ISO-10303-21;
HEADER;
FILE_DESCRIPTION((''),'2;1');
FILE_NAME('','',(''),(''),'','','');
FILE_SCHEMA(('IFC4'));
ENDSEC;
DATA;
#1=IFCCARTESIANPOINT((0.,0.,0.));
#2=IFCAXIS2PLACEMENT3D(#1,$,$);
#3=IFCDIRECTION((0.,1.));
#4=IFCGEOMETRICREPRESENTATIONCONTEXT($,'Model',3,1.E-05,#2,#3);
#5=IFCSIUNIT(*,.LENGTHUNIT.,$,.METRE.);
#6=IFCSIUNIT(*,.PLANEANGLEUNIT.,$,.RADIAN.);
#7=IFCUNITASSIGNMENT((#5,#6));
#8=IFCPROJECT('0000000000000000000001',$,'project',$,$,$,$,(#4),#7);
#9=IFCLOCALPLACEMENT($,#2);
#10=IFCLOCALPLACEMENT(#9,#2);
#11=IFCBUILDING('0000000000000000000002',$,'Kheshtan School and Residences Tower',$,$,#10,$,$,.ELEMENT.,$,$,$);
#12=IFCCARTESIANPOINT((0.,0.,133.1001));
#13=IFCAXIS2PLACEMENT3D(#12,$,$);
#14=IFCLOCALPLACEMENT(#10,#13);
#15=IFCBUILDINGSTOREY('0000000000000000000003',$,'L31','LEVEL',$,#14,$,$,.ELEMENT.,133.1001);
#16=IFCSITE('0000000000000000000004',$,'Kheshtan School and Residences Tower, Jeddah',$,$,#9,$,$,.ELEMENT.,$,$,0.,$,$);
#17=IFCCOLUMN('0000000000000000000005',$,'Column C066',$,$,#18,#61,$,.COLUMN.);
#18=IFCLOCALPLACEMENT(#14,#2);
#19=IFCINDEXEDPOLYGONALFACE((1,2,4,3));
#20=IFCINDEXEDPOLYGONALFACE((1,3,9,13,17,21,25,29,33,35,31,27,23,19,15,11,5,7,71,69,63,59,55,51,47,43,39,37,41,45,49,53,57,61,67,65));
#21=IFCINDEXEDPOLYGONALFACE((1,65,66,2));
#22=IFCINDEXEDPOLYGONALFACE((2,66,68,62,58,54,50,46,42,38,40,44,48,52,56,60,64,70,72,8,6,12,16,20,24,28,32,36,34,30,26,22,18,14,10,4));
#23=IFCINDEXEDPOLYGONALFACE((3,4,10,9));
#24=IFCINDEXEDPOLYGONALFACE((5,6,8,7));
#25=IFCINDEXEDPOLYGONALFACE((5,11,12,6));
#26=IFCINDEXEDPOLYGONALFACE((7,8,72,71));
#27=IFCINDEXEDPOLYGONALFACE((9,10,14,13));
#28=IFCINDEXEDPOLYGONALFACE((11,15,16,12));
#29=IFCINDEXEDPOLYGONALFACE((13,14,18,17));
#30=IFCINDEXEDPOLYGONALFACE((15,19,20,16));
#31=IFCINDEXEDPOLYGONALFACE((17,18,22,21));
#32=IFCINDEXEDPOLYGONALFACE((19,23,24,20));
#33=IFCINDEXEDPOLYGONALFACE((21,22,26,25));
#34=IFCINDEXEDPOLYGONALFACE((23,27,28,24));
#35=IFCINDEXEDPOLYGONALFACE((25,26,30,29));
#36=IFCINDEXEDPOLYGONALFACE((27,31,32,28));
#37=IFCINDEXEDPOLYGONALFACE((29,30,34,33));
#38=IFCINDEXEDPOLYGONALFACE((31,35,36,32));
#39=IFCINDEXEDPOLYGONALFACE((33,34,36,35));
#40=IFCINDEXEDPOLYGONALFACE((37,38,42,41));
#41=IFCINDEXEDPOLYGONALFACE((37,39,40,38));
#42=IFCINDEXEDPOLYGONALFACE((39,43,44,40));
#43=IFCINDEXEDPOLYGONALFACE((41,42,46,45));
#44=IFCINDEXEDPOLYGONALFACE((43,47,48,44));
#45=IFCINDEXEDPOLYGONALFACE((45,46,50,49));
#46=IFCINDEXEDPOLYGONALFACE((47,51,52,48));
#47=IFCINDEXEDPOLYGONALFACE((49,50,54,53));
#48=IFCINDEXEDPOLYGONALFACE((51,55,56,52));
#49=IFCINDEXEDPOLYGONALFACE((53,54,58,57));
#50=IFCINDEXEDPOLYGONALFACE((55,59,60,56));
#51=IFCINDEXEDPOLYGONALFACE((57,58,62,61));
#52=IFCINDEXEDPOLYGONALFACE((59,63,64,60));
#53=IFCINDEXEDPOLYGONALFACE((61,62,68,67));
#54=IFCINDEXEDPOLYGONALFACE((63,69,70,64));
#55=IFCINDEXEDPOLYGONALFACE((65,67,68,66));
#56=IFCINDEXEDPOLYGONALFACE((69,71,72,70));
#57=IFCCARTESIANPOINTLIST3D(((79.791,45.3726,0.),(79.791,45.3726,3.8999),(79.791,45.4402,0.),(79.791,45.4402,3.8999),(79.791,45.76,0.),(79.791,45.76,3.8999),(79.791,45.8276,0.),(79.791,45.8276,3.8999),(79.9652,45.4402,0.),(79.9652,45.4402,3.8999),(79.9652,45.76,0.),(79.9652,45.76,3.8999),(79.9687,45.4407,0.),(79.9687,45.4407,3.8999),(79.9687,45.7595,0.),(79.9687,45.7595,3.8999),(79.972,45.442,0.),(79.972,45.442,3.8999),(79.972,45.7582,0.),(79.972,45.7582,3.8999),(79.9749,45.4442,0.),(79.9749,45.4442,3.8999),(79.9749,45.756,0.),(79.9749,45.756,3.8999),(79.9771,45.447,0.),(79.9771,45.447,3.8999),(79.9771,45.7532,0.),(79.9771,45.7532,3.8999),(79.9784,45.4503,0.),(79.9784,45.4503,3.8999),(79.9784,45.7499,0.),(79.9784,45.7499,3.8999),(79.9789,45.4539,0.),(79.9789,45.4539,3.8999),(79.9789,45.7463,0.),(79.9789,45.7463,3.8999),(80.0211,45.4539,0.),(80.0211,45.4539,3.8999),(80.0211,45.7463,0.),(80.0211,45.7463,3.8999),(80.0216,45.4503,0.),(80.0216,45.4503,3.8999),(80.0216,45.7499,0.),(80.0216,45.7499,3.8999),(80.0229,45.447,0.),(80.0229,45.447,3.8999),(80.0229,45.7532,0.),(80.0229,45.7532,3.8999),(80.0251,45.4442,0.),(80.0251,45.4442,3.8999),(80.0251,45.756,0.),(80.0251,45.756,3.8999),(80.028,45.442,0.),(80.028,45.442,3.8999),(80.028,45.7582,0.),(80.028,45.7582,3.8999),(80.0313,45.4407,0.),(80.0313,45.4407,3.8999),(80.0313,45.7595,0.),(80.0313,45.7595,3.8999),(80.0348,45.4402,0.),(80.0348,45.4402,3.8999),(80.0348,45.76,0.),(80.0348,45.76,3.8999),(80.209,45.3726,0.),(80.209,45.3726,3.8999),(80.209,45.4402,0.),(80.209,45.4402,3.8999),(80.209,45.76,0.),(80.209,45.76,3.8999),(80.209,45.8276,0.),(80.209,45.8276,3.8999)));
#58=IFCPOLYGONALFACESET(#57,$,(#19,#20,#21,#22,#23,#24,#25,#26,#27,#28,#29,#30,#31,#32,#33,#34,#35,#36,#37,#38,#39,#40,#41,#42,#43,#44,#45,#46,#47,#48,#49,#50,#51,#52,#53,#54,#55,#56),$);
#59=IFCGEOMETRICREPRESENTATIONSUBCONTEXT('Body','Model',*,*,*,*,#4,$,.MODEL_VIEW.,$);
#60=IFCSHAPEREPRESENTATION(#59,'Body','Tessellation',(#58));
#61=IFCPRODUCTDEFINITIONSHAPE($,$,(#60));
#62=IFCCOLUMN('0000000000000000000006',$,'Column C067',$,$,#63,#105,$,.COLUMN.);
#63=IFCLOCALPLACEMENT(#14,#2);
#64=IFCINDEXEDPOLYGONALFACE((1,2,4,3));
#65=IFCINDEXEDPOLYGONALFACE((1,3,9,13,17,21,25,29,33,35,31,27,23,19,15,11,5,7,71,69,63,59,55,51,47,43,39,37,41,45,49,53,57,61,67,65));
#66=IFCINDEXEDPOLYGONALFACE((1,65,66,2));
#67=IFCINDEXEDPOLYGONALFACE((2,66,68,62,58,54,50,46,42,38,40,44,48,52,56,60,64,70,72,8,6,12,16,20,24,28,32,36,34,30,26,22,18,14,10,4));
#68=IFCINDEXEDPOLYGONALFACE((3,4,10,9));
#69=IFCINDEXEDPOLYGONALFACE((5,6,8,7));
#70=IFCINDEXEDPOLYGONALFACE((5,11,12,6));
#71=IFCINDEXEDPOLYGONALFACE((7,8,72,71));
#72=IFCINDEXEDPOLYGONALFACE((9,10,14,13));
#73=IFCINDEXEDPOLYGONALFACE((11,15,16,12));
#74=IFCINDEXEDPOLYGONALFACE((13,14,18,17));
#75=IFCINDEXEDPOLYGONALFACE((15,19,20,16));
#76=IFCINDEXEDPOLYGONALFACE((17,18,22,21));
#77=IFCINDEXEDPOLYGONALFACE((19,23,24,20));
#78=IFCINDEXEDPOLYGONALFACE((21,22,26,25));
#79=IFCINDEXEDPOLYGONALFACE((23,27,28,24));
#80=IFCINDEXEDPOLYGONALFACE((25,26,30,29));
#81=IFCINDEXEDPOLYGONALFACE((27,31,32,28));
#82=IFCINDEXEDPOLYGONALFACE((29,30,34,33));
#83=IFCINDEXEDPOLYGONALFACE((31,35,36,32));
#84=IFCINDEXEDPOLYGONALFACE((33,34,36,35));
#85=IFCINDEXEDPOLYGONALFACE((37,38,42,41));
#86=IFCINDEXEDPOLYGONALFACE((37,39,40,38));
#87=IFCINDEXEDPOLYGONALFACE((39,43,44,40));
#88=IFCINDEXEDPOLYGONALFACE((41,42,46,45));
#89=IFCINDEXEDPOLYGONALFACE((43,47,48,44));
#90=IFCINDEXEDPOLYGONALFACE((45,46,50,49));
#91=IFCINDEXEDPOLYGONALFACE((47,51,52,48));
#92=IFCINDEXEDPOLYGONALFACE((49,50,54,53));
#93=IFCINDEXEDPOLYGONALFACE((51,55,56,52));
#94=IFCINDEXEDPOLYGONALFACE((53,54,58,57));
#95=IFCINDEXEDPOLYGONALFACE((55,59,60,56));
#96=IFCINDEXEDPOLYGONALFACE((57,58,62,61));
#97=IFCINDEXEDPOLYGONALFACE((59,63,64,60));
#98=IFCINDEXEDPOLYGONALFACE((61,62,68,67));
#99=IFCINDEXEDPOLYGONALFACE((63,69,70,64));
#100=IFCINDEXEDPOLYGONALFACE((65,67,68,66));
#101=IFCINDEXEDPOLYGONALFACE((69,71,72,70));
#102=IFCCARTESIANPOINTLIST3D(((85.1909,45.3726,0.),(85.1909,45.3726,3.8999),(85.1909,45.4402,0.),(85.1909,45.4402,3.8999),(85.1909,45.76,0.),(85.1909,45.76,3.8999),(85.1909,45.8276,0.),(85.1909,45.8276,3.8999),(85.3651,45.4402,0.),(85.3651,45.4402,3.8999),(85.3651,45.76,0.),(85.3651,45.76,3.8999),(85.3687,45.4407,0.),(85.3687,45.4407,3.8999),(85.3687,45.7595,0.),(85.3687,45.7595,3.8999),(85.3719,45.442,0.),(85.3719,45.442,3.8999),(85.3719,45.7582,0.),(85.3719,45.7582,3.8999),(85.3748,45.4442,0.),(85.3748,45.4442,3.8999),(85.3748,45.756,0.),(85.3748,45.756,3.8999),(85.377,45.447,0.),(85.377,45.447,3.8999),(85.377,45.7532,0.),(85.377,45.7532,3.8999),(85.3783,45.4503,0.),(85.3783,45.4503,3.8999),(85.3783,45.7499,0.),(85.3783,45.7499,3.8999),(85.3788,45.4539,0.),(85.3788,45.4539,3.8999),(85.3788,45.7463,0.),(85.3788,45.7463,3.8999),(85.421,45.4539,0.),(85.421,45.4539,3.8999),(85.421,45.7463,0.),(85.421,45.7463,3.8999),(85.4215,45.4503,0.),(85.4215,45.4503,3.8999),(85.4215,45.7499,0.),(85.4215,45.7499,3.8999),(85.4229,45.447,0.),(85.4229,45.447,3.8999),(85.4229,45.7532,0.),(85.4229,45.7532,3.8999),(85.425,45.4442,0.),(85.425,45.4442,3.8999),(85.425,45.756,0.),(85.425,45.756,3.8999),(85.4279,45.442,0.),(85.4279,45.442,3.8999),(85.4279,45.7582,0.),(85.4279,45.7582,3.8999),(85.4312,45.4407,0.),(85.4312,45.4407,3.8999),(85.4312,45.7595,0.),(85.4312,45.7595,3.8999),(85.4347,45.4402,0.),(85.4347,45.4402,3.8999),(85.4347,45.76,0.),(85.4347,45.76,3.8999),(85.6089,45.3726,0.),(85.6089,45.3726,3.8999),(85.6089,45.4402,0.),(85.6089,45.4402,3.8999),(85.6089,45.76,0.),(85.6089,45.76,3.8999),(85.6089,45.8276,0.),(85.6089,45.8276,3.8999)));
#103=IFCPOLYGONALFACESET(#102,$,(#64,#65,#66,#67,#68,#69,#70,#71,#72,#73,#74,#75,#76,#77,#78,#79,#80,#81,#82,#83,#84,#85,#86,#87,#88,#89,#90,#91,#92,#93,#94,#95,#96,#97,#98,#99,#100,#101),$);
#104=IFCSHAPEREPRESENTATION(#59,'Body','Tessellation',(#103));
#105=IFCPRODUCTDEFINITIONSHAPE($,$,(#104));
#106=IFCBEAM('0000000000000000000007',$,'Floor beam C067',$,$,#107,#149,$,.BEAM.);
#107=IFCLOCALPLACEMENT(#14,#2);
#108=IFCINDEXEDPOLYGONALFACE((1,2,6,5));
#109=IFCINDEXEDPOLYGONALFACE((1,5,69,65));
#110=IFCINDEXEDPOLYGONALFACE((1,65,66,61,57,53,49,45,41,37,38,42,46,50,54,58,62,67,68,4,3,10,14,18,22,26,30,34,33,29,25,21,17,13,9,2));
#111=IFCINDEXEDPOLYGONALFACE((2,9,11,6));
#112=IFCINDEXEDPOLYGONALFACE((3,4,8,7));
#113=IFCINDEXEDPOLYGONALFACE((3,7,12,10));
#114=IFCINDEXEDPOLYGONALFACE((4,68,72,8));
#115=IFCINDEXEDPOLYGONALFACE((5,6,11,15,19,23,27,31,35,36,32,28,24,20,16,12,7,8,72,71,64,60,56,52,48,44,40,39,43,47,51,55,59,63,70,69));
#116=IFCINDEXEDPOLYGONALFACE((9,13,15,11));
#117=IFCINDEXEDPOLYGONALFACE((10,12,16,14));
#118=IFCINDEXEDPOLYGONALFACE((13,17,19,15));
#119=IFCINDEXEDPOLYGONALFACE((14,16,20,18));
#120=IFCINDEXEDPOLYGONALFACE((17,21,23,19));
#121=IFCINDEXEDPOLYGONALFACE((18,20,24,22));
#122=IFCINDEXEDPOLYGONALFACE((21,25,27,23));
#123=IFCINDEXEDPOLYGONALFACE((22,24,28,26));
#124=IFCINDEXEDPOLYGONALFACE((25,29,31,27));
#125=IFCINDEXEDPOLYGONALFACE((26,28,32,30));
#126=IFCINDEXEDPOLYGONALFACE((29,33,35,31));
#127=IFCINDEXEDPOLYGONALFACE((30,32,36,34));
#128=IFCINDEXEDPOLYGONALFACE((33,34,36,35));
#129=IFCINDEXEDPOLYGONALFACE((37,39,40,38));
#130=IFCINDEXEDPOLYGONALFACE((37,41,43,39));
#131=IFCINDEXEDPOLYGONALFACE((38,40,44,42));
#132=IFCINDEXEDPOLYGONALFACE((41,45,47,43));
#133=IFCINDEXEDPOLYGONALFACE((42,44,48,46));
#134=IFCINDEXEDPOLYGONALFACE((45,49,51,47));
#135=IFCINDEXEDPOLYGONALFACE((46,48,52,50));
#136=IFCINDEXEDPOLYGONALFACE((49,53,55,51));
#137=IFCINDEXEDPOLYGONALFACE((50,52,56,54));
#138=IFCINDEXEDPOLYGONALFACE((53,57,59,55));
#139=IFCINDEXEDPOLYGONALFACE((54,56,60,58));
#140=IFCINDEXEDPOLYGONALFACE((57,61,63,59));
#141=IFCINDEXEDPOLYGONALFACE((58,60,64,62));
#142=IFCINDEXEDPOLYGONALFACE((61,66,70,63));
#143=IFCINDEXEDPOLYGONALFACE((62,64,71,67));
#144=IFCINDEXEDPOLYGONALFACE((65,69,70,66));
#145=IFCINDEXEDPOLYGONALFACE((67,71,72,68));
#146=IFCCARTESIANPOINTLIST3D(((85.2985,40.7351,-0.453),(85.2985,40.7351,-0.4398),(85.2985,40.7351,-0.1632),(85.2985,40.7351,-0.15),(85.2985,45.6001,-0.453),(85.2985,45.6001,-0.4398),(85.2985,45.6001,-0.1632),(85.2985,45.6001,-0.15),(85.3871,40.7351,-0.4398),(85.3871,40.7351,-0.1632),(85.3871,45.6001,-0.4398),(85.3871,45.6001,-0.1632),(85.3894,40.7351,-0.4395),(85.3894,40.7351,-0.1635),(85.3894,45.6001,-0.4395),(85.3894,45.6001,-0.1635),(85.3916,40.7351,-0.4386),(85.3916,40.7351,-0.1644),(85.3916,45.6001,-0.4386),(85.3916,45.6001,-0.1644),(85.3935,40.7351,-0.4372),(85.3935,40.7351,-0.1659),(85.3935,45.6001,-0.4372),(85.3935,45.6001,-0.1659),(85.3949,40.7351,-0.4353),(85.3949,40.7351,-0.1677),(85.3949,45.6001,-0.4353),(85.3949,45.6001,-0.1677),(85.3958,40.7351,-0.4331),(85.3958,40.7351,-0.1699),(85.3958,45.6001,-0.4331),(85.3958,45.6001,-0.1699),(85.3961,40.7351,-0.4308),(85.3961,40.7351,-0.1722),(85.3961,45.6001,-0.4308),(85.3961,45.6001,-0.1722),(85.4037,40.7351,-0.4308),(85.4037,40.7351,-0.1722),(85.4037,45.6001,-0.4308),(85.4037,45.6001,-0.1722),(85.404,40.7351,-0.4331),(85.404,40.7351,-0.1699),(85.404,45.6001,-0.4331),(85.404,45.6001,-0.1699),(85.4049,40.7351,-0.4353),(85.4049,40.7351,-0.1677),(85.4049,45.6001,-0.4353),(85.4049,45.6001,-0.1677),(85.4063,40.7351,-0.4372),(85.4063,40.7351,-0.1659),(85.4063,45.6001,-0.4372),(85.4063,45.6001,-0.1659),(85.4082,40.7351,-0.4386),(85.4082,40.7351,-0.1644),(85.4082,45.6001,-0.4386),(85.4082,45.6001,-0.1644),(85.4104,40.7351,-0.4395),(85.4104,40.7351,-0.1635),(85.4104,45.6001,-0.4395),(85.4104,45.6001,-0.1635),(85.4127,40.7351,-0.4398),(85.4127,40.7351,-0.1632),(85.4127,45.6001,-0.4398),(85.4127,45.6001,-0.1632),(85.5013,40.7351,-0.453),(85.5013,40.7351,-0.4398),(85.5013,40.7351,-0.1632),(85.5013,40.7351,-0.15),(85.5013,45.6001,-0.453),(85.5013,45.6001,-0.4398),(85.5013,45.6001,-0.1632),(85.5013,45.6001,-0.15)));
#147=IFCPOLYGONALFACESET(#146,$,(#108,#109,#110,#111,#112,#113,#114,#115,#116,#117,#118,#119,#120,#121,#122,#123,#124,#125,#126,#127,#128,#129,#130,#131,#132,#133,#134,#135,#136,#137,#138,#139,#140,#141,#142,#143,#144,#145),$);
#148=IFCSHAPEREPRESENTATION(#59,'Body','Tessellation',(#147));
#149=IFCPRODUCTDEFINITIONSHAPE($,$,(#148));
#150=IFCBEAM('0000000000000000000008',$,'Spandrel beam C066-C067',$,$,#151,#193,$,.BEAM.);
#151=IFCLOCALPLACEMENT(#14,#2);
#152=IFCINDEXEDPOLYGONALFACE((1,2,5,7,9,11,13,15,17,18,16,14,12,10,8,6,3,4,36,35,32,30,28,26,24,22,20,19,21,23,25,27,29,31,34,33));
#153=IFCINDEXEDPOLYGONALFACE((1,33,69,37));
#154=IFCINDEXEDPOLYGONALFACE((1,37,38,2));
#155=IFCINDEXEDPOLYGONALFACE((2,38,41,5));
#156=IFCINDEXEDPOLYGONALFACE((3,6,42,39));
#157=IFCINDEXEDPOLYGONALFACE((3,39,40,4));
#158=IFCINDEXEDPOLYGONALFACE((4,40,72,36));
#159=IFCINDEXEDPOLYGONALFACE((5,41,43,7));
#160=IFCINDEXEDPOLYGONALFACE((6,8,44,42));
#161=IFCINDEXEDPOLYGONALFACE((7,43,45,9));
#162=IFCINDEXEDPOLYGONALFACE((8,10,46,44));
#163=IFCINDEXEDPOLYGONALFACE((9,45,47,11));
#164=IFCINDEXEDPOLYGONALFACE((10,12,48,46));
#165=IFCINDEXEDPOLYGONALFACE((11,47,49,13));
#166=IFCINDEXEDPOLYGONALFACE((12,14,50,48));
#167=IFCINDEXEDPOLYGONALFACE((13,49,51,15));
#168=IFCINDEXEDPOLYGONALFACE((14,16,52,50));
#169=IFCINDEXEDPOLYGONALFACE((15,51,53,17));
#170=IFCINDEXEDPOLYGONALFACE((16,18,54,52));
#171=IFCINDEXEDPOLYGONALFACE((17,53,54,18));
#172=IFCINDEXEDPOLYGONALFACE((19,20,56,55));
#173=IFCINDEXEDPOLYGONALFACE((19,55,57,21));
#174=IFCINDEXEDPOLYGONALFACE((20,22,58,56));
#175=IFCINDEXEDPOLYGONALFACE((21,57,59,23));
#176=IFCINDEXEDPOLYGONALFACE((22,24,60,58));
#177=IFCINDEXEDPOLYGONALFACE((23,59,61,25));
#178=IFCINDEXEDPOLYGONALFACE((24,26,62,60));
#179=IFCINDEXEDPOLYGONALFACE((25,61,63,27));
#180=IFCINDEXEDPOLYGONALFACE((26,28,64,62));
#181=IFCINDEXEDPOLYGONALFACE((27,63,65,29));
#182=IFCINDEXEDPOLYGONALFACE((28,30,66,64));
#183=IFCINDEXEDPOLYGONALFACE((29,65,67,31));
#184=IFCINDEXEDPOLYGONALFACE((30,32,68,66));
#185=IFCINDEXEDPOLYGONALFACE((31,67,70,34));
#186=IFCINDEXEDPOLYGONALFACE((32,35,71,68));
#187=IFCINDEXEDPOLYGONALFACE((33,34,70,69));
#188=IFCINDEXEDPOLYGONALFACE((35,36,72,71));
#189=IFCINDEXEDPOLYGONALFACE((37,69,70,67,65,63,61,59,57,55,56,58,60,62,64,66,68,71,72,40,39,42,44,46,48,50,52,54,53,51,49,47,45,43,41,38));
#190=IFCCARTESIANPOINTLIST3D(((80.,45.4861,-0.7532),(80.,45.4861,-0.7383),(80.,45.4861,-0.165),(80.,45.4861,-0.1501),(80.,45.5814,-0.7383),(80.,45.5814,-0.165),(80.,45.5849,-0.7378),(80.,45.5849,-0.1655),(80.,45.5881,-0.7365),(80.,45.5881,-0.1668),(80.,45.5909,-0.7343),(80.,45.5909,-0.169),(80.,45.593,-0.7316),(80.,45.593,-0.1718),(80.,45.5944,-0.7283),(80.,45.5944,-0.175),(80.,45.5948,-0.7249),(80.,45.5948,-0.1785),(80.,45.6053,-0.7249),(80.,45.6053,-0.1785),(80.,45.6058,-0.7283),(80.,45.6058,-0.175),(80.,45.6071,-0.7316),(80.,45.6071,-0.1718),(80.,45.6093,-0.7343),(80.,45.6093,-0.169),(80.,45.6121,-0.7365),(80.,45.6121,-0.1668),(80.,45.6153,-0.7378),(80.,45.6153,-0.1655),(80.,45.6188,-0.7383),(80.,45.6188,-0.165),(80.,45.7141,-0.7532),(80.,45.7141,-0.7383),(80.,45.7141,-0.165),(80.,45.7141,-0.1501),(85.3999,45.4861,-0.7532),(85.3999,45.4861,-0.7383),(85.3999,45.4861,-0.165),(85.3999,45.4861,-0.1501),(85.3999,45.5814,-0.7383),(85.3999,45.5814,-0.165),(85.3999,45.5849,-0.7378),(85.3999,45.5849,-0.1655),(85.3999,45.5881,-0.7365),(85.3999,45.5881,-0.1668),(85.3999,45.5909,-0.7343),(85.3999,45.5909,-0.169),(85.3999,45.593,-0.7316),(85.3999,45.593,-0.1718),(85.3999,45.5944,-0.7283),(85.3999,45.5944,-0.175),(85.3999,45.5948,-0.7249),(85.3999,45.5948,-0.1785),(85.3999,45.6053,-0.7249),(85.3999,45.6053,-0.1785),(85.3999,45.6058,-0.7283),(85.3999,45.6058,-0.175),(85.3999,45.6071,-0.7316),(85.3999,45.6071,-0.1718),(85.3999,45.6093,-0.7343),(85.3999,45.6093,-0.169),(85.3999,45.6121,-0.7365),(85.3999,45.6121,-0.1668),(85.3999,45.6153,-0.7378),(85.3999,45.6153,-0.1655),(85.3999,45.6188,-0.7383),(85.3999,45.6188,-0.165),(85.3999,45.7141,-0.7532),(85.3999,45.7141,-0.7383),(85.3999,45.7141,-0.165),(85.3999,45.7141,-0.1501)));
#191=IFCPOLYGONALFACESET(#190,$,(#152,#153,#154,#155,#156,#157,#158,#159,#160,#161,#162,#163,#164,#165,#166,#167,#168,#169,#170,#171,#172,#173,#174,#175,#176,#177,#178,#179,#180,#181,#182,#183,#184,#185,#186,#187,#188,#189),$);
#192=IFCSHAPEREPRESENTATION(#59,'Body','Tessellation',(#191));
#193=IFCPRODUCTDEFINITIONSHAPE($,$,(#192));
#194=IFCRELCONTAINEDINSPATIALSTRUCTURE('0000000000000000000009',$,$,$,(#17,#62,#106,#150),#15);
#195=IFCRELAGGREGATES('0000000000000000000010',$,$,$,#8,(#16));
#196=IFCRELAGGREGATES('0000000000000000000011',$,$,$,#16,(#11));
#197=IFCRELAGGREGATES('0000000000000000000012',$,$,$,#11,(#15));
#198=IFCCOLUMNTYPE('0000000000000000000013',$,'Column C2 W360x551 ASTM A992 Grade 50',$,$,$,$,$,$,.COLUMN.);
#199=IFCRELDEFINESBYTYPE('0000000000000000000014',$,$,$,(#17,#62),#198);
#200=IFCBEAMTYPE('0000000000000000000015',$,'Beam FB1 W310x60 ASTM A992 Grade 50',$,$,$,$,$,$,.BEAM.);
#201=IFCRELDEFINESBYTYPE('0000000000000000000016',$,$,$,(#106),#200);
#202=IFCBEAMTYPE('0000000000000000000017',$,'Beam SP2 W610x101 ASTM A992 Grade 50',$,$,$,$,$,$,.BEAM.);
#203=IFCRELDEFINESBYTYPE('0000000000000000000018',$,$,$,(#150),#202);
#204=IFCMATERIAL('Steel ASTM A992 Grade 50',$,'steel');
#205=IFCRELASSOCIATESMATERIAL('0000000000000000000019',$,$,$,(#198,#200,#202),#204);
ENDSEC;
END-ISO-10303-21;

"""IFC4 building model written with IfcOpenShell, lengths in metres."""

from ifc_helpers import new_model, si_unit, direction, frame, origin, origin_2d, place, context, subcontext, project, spatial, i_section, extrude, material, material_profile, profile_set, type_object, element, save


model = new_model("IFC4")

# Units and contexts
model_context = context("Model", 3, precision=1e-05, world=origin(), true_north=direction((0.0, 1.0)))
body_context = subcontext(model_context, "Body", "Model", "MODEL_VIEW")
ifc_project = project(units=[si_unit("LENGTHUNIT", "METRE"), si_unit("PLANEANGLEUNIT", "RADIAN")], contexts=[model_context])

# Site, building, storey
site_placement = place(None, origin())
site = spatial("IfcSite", under=ifc_project, at=site_placement, Name="Kheshtan School and Residences Tower, Jeddah", CompositionType="ELEMENT", RefElevation=0.0)
building_placement = place(site_placement, origin())
building = spatial("IfcBuilding", under=site, at=building_placement, Name="Kheshtan School and Residences Tower", CompositionType="ELEMENT")
storey_placement = place(building_placement, frame((0.0, 0.0, 133.1001)))
storey = spatial("IfcBuildingStorey", under=building, at=storey_placement, Name="L31", Description="LEVEL", CompositionType="ELEMENT", Elevation=133.1001)

# Columns
ifc_material_1 = material(Name="Steel ASTM A992 Grade 50", Category="steel")
ifc_material_profile_1 = material_profile(ifc_material_1, i_section(OverallWidth=0.418, OverallDepth=0.4551, WebThickness=0.0422, FlangeThickness=0.0676, FilletRadius=0.0137, at=origin_2d()), Name="W360x551")
ifc_profile_set_1 = profile_set([ifc_material_profile_1], Name="Steel ASTM A992 Grade 50")
column_type = type_object("IfcColumnType", Name="Column C2 W360x551 ASTM A992 Grade 50", PredefinedType="COLUMN", material=ifc_profile_set_1)
for number, where, z_axis, x_axis, name in (
    (1, (80.0, 45.6001, 0.0), (0.0, 0.0, 1.0), (1.0, 0.0, 0.0), "Column C066"),
    (2, (85.3999, 45.6001, 0.0), (0.0, 0.0, 1.0), (1.0, 0.0, 0.0), "Column C067"),
):
    element("IfcColumn", number, at=place(storey_placement, frame(where, z_axis=z_axis, x_axis=x_axis)), inside=storey, type_object=column_type, Name=name, PredefinedType="COLUMN", context=body_context, shape_type="SweptSolid", body=[
        extrude(i_section(OverallWidth=0.418, OverallDepth=0.4551, WebThickness=0.0422, FlangeThickness=0.0676, FilletRadius=0.0137, at=origin_2d()), origin(), (0.0, 0.0, 1.0), 3.8999),
    ])

# Beams
ifc_material_profile_2 = material_profile(ifc_material_1, i_section(OverallWidth=0.2029, OverallDepth=0.303, WebThickness=0.0076, FlangeThickness=0.0132, FilletRadius=0.009, at=origin_2d()), Name="W310x60")
ifc_profile_set_2 = profile_set([ifc_material_profile_2], Name="Steel ASTM A992 Grade 50")
beam_type_1 = type_object("IfcBeamType", Name="Beam FB1 W310x60 ASTM A992 Grade 50", PredefinedType="BEAM", material=ifc_profile_set_2)
beam_1_placement = place(storey_placement, frame((85.3999, 45.6001, -0.3015), z_axis=(0.0, -1.0, 0.0), x_axis=(1.0, 0.0, 0.0)))
element("IfcBeam", 3, at=beam_1_placement, inside=storey, type_object=beam_type_1, Name="Floor beam C067", PredefinedType="BEAM", context=body_context, shape_type="SweptSolid", body=[
    extrude(i_section(OverallWidth=0.2029, OverallDepth=0.303, WebThickness=0.0076, FlangeThickness=0.0132, FilletRadius=0.009, at=origin_2d()), origin(), (0.0, 0.0, 1.0), 4.865),
])
ifc_material_profile_3 = material_profile(ifc_material_1, i_section(OverallWidth=0.228, OverallDepth=0.603, WebThickness=0.0105, FlangeThickness=0.0149, FilletRadius=0.0134, at=origin_2d()), Name="W610x101")
ifc_profile_set_3 = profile_set([ifc_material_profile_3], Name="Steel ASTM A992 Grade 50")
beam_type_2 = type_object("IfcBeamType", Name="Beam SP2 W610x101 ASTM A992 Grade 50", PredefinedType="BEAM", material=ifc_profile_set_3)
beam_2_placement = place(storey_placement, frame((80.0, 45.6001, -0.4517), z_axis=(1.0, 0.0, 0.0), x_axis=(0.0, 1.0, 0.0)))
element("IfcBeam", 4, at=beam_2_placement, inside=storey, type_object=beam_type_2, Name="Spandrel beam C066-C067", PredefinedType="BEAM", context=body_context, shape_type="SweptSolid", body=[
    extrude(i_section(OverallWidth=0.228, OverallDepth=0.603, WebThickness=0.0105, FlangeThickness=0.0149, FilletRadius=0.0134, at=origin_2d()), origin(), (0.0, 0.0, 1.0), 5.3999),
])

save(model, "model.ifc")
